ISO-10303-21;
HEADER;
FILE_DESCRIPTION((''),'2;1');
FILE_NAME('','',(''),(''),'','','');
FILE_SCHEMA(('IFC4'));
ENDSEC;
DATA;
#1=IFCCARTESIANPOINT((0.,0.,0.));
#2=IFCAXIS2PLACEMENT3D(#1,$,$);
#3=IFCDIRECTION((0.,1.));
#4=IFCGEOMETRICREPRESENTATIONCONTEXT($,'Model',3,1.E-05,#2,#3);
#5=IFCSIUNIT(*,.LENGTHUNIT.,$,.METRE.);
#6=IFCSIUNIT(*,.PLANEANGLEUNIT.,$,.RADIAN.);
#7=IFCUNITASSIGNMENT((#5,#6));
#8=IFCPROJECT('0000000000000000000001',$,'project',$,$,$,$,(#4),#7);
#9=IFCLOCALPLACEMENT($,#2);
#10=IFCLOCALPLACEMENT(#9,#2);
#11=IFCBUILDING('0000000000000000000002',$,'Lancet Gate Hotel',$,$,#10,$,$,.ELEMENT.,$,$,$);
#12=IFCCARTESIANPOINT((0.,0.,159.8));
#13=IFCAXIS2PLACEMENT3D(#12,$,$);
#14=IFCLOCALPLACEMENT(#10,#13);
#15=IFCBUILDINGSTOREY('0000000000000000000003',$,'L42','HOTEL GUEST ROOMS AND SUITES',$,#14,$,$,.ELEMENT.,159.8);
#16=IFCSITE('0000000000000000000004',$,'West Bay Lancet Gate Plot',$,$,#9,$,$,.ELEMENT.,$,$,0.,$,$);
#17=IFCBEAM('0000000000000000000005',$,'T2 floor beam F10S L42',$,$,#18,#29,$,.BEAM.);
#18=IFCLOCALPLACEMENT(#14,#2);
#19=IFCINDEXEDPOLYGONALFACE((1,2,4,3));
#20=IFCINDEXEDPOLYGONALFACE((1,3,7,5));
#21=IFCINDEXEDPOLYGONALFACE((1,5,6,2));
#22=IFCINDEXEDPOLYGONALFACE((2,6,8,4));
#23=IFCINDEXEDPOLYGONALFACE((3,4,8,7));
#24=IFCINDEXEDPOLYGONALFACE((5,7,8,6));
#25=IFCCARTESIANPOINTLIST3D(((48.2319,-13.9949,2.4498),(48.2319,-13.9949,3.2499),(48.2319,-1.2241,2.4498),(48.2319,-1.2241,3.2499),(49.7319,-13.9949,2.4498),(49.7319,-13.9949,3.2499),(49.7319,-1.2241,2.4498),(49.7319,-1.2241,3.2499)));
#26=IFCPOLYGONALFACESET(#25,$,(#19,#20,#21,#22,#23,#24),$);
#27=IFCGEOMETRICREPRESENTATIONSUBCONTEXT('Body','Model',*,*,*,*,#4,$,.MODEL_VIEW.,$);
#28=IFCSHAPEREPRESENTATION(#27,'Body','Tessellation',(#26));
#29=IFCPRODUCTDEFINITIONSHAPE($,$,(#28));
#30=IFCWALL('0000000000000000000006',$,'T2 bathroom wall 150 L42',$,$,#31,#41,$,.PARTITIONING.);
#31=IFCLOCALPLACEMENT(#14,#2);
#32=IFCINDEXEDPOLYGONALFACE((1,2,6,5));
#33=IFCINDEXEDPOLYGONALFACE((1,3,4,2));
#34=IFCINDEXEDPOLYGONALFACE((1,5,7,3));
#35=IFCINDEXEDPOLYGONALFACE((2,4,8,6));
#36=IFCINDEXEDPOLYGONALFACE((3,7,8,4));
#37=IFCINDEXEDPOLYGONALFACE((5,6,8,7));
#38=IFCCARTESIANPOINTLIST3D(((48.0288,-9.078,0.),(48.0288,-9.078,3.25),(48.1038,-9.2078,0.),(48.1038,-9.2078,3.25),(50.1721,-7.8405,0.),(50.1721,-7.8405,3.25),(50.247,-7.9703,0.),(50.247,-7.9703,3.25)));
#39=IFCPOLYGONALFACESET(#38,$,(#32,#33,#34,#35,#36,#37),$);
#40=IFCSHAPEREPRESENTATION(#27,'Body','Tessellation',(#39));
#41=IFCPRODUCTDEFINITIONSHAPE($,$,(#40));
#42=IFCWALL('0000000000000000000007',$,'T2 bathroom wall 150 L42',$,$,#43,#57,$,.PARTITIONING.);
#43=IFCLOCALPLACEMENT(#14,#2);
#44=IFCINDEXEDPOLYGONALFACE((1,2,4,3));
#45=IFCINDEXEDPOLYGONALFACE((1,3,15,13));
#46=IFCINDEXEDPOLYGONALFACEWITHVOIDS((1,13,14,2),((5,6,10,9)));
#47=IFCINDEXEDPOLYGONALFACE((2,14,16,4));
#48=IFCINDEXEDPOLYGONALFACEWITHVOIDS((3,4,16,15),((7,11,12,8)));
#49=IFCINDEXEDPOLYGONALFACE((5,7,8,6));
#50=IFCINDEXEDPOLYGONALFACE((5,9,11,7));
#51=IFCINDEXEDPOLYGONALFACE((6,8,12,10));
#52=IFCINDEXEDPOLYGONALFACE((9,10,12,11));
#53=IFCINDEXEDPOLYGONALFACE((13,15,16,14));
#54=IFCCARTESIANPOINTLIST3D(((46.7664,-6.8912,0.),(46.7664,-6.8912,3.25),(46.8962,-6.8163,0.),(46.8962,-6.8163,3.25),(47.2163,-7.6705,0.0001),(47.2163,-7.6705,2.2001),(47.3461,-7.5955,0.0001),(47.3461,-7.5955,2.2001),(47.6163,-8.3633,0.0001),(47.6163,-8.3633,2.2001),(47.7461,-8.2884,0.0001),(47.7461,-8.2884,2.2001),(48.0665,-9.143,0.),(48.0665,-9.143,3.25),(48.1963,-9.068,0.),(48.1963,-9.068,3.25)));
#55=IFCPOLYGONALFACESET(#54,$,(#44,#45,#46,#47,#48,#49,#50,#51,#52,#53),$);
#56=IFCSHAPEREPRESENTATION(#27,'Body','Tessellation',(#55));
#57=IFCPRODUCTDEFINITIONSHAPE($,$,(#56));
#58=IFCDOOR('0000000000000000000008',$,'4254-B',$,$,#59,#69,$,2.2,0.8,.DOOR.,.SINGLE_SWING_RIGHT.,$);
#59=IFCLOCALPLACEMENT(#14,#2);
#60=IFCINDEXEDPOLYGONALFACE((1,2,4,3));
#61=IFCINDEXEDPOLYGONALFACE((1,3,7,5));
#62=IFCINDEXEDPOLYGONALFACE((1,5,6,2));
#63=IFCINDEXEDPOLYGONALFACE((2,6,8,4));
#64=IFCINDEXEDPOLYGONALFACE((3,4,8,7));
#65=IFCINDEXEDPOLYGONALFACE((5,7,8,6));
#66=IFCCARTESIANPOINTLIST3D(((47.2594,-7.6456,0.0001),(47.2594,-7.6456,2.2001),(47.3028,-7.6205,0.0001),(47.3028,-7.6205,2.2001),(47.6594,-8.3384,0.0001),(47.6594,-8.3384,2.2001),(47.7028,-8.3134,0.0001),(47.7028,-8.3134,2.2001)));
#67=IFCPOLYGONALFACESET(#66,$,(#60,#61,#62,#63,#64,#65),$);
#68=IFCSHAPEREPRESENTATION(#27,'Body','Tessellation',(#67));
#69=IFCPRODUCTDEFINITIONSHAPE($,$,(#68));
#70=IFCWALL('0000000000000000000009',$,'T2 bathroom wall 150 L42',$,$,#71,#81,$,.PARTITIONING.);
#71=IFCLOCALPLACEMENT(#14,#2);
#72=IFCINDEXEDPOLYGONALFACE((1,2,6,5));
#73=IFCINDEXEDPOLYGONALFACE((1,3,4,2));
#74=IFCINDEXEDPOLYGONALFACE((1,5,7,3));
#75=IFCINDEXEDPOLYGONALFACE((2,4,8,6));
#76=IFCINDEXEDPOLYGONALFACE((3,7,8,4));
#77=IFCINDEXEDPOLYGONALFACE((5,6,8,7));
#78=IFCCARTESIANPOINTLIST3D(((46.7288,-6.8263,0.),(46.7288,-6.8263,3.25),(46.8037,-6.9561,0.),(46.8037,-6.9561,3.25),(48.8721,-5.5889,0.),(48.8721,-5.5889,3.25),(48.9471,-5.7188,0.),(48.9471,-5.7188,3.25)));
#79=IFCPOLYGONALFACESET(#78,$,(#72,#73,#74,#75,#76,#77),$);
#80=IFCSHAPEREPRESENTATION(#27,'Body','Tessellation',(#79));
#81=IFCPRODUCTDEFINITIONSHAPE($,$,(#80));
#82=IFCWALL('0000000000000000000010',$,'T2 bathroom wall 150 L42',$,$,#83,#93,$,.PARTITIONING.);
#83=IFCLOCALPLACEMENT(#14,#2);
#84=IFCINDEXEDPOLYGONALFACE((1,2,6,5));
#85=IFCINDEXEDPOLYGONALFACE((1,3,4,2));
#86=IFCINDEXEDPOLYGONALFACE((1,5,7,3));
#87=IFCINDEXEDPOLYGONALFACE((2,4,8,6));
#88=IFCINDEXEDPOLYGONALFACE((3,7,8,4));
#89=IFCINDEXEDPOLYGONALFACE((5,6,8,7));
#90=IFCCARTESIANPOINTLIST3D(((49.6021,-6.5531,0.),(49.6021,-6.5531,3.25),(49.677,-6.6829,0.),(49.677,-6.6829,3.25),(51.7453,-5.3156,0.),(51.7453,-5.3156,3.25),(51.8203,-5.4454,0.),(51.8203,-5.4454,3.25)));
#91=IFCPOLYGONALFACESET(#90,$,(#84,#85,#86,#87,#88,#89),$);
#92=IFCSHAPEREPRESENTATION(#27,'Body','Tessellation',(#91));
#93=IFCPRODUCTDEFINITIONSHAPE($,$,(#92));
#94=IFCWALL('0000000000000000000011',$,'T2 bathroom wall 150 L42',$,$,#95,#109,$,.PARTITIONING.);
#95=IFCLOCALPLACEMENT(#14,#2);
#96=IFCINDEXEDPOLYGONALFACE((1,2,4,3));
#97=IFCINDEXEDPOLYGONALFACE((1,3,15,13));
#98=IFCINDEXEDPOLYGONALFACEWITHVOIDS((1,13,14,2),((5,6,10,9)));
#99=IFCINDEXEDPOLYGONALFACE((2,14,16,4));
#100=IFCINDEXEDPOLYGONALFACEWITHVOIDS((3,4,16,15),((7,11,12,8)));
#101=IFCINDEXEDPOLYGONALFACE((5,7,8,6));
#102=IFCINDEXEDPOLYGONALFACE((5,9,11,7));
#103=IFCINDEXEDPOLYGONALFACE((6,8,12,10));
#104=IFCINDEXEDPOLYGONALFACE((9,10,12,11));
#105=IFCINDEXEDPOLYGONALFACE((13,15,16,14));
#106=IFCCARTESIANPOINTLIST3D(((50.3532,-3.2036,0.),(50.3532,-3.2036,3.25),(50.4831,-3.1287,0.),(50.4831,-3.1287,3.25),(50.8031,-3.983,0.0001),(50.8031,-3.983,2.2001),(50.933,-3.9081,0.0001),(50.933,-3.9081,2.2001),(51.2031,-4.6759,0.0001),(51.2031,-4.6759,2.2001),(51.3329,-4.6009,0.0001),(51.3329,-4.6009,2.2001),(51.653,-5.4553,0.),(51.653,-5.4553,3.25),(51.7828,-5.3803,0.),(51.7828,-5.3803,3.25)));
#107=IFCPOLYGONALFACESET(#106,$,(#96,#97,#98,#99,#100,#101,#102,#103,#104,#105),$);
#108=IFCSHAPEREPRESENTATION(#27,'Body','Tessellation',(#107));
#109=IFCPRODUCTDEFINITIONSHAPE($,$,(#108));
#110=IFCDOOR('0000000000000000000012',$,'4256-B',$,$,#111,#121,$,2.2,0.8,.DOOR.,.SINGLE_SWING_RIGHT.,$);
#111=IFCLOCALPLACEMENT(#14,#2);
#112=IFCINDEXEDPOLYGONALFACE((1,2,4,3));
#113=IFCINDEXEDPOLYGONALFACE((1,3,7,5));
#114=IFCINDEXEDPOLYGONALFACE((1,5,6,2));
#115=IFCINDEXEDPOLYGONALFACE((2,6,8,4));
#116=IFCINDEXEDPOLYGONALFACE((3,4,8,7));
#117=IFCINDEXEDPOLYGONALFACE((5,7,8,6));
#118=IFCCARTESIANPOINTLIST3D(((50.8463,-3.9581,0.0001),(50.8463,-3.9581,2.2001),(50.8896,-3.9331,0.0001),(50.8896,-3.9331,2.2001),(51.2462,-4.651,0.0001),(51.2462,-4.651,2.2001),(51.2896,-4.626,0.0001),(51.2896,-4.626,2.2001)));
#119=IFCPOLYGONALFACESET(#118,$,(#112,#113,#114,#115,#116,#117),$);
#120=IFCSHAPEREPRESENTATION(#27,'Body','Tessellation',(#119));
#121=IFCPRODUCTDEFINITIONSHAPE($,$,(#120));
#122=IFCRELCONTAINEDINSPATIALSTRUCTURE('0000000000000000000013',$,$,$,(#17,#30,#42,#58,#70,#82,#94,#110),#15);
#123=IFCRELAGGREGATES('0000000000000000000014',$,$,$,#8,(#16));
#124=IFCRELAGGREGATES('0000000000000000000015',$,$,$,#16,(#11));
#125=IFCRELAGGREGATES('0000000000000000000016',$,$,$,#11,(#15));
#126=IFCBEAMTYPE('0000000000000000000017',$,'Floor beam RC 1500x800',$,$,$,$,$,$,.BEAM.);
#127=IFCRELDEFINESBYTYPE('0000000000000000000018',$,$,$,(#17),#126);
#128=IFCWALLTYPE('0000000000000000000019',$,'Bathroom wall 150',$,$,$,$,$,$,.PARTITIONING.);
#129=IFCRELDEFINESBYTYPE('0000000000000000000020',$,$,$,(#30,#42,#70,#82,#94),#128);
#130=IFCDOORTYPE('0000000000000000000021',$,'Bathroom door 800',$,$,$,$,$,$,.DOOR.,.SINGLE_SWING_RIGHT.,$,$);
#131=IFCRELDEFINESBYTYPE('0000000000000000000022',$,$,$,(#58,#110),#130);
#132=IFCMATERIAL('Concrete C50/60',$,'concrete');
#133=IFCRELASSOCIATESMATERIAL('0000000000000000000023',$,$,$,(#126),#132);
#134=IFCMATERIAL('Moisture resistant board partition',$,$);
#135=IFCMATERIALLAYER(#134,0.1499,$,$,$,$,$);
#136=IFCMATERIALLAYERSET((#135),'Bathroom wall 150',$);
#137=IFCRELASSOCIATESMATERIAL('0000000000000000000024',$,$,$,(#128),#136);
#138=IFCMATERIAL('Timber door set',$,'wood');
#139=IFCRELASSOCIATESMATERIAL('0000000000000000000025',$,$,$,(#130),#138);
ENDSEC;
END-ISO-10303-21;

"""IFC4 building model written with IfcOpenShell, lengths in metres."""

from ifc_helpers import new_model, si_unit, direction, frame, frame_2d, origin, origin_2d, place, context, subcontext, project, spatial, rectangle, extrude, material, layer, layer_set, material_profile, profile_set, type_object, element, fill, save


model = new_model("IFC4")

# Units and contexts
model_context = context("Model", 3, precision=1e-05, world=origin(), true_north=direction((0.0, 1.0)))
body_context = subcontext(model_context, "Body", "Model", "MODEL_VIEW")
ifc_project = project(units=[si_unit("LENGTHUNIT", "METRE"), si_unit("PLANEANGLEUNIT", "RADIAN")], contexts=[model_context])

# Site, building, storey
site_placement = place(None, origin())
site = spatial("IfcSite", under=ifc_project, at=site_placement, Name="West Bay Lancet Gate Plot", CompositionType="ELEMENT", RefElevation=0.0)
building_placement = place(site_placement, origin())
building = spatial("IfcBuilding", under=site, at=building_placement, Name="Lancet Gate Hotel", CompositionType="ELEMENT")
storey_placement = place(building_placement, frame((0.0, 0.0, 159.8)))
storey = spatial("IfcBuildingStorey", under=building, at=storey_placement, Name="L42", Description="HOTEL GUEST ROOMS AND SUITES", CompositionType="ELEMENT", Elevation=159.8)

# Beam
ifc_material_1 = material(Name="Concrete C50/60", Category="concrete")
ifc_material_profile = material_profile(ifc_material_1, rectangle(XDim=1.5, YDim=0.8, at=origin_2d()), Name="RC 1500x800")
ifc_profile_set = profile_set([ifc_material_profile], Name="Concrete C50/60")
beam_type = type_object("IfcBeamType", Name="Floor beam RC 1500x800", PredefinedType="BEAM", material=ifc_profile_set)
beam_placement = place(storey_placement, frame((48.9819, -13.9949, 2.8499), z_axis=(0.0, 1.0, 0.0), x_axis=(-1.0, 0.0, 0.0)))
element("IfcBeam", 1, at=beam_placement, inside=storey, type_object=beam_type, Name="T2 floor beam F10S L42", PredefinedType="BEAM", context=body_context, shape_type="SweptSolid", body=[
    extrude(rectangle(XDim=1.5, YDim=0.8, at=origin_2d()), origin(), (0.0, 0.0, 1.0), 12.7708),
])

# Wall
ifc_material_2 = material(Name="Moisture resistant board partition")
ifc_layer_1 = layer(ifc_material_2, 0.1499)
ifc_layer_set_1 = layer_set([ifc_layer_1], Name="Bathroom wall 150")
wall_type_1 = type_object("IfcWallType", Name="Bathroom wall 150", PredefinedType="PARTITIONING", material=ifc_layer_set_1)
wall_1_placement = place(storey_placement, frame((48.0664, -9.1428, 0.0), z_axis=(0.0, 0.0, 1.0), x_axis=(0.866007, 0.500033, 0.0)))
element("IfcWall", 2, at=wall_1_placement, inside=storey, type_object=wall_type_1, Name="T2 bathroom wall 150 L42", PredefinedType="PARTITIONING", context=body_context, shape_type="SweptSolid", body=[
    extrude(rectangle(XDim=2.4749, YDim=0.1499, at=frame_2d((1.2373, 0.0))), origin(), (0.0, 0.0, 1.0), 3.25),
])

# Wall, opening, door
wall_2_placement = place(storey_placement, frame((46.8313, -6.8538, 0.0), z_axis=(0.0, 0.0, 1.0), x_axis=(0.500007, -0.866021, 0.0)))
wall_2 = element("IfcWall", 3, at=wall_2_placement, inside=storey, type_object=wall_type_1, Name="T2 bathroom wall 150 L42", PredefinedType="PARTITIONING", context=body_context, shape_type="SweptSolid", body=[
    extrude(rectangle(XDim=2.6001, YDim=0.1499, at=frame_2d((1.3, 0.0))), origin(), (0.0, 0.0, 1.0), 3.25),
])
opening_1_placement = place(wall_2_placement, frame((0.8999, 0.0, 0.0)))
opening_1 = element("IfcOpeningElement", 4, at=opening_1_placement, cuts=wall_2, PredefinedType="OPENING", context=body_context, shape_type="SweptSolid", body=[
    extrude(rectangle(XDim=0.8, YDim=2.2, at=frame_2d((0.3999, 1.1001))), frame((0.0, 0.085, 0.0), z_axis=(0.0, -1.0, 0.0), x_axis=(1.0, 0.0, 0.0)), (0.0, 0.0, 1.0), 0.1699),
])
ifc_material_3 = material(Name="Timber door set", Category="wood")
door_type_1 = type_object("IfcDoorType", Name="Bathroom door 800", OperationType="SINGLE_SWING_RIGHT", PredefinedType="DOOR", material=ifc_material_3)
door_1_placement = place(opening_1_placement, origin())
door_1 = element("IfcDoor", 5, at=door_1_placement, inside=storey, type_object=door_type_1, Name="4254-B", OperationType="SINGLE_SWING_RIGHT", OverallHeight=2.2, OverallWidth=0.8, PredefinedType="DOOR", context=body_context, shape_type="SweptSolid", body=[
    extrude(rectangle(XDim=0.8, YDim=2.2, at=frame_2d((0.3999, 1.1001))), frame((0.0, 0.0249, 0.0), z_axis=(0.0, -1.0, 0.0), x_axis=(1.0, 0.0, 0.0)), (0.0, 0.0, 1.0), 0.05),
])
fill(opening_1, door_1)

# Walls
for number, where, z_axis, x_axis, name in (
    (6, (46.7664, -6.8911, 0.0), (0.0, 0.0, 1.0), (0.866049, 0.499959, 0.0), "T2 bathroom wall 150 L42"),
    (7, (49.6396, -6.6179, 0.0), (0.0, 0.0, 1.0), (0.866007, 0.500033, 0.0), "T2 bathroom wall 150 L42"),
):
    element("IfcWall", number, at=place(storey_placement, frame(where, z_axis=z_axis, x_axis=x_axis)), inside=storey, type_object=wall_type_1, Name=name, PredefinedType="PARTITIONING", context=body_context, shape_type="SweptSolid", body=[
        extrude(rectangle(XDim=2.4749, YDim=0.1499, at=frame_2d((1.2373, 0.0))), origin(), (0.0, 0.0, 1.0), 3.25),
    ])

# Wall, opening, door
wall_3_placement = place(storey_placement, frame((50.4182, -3.1663, 0.0), z_axis=(0.0, 0.0, 1.0), x_axis=(0.499937, -0.866062, 0.0)))
wall_3 = element("IfcWall", 8, at=wall_3_placement, inside=storey, type_object=wall_type_1, Name="T2 bathroom wall 150 L42", PredefinedType="PARTITIONING", context=body_context, shape_type="SweptSolid", body=[
    extrude(rectangle(XDim=2.5999, YDim=0.1499, at=frame_2d((1.2998, 0.0))), origin(), (0.0, 0.0, 1.0), 3.25),
])
opening_2_placement = place(wall_3_placement, frame((0.8999, 0.0, 0.0)))
opening_2 = element("IfcOpeningElement", 9, at=opening_2_placement, cuts=wall_3, PredefinedType="OPENING", context=body_context, shape_type="SweptSolid", body=[
    extrude(rectangle(XDim=0.8, YDim=2.2, at=frame_2d((0.3999, 1.1001))), frame((0.0, 0.085, 0.0), z_axis=(0.0, -1.0, 0.0), x_axis=(1.0, 0.0, 0.0)), (0.0, 0.0, 1.0), 0.1699),
])
door_2_placement = place(opening_2_placement, origin())
door_2 = element("IfcDoor", 10, at=door_2_placement, inside=storey, type_object=door_type_1, Name="4256-B", OperationType="SINGLE_SWING_RIGHT", OverallHeight=2.2, OverallWidth=0.8, PredefinedType="DOOR", context=body_context, shape_type="SweptSolid", body=[
    extrude(rectangle(XDim=0.8, YDim=2.2, at=frame_2d((0.3999, 1.1001))), frame((0.0, 0.0249, 0.0), z_axis=(0.0, -1.0, 0.0), x_axis=(1.0, 0.0, 0.0)), (0.0, 0.0, 1.0), 0.05),
])
fill(opening_2, door_2)

save(model, "model.ifc")
